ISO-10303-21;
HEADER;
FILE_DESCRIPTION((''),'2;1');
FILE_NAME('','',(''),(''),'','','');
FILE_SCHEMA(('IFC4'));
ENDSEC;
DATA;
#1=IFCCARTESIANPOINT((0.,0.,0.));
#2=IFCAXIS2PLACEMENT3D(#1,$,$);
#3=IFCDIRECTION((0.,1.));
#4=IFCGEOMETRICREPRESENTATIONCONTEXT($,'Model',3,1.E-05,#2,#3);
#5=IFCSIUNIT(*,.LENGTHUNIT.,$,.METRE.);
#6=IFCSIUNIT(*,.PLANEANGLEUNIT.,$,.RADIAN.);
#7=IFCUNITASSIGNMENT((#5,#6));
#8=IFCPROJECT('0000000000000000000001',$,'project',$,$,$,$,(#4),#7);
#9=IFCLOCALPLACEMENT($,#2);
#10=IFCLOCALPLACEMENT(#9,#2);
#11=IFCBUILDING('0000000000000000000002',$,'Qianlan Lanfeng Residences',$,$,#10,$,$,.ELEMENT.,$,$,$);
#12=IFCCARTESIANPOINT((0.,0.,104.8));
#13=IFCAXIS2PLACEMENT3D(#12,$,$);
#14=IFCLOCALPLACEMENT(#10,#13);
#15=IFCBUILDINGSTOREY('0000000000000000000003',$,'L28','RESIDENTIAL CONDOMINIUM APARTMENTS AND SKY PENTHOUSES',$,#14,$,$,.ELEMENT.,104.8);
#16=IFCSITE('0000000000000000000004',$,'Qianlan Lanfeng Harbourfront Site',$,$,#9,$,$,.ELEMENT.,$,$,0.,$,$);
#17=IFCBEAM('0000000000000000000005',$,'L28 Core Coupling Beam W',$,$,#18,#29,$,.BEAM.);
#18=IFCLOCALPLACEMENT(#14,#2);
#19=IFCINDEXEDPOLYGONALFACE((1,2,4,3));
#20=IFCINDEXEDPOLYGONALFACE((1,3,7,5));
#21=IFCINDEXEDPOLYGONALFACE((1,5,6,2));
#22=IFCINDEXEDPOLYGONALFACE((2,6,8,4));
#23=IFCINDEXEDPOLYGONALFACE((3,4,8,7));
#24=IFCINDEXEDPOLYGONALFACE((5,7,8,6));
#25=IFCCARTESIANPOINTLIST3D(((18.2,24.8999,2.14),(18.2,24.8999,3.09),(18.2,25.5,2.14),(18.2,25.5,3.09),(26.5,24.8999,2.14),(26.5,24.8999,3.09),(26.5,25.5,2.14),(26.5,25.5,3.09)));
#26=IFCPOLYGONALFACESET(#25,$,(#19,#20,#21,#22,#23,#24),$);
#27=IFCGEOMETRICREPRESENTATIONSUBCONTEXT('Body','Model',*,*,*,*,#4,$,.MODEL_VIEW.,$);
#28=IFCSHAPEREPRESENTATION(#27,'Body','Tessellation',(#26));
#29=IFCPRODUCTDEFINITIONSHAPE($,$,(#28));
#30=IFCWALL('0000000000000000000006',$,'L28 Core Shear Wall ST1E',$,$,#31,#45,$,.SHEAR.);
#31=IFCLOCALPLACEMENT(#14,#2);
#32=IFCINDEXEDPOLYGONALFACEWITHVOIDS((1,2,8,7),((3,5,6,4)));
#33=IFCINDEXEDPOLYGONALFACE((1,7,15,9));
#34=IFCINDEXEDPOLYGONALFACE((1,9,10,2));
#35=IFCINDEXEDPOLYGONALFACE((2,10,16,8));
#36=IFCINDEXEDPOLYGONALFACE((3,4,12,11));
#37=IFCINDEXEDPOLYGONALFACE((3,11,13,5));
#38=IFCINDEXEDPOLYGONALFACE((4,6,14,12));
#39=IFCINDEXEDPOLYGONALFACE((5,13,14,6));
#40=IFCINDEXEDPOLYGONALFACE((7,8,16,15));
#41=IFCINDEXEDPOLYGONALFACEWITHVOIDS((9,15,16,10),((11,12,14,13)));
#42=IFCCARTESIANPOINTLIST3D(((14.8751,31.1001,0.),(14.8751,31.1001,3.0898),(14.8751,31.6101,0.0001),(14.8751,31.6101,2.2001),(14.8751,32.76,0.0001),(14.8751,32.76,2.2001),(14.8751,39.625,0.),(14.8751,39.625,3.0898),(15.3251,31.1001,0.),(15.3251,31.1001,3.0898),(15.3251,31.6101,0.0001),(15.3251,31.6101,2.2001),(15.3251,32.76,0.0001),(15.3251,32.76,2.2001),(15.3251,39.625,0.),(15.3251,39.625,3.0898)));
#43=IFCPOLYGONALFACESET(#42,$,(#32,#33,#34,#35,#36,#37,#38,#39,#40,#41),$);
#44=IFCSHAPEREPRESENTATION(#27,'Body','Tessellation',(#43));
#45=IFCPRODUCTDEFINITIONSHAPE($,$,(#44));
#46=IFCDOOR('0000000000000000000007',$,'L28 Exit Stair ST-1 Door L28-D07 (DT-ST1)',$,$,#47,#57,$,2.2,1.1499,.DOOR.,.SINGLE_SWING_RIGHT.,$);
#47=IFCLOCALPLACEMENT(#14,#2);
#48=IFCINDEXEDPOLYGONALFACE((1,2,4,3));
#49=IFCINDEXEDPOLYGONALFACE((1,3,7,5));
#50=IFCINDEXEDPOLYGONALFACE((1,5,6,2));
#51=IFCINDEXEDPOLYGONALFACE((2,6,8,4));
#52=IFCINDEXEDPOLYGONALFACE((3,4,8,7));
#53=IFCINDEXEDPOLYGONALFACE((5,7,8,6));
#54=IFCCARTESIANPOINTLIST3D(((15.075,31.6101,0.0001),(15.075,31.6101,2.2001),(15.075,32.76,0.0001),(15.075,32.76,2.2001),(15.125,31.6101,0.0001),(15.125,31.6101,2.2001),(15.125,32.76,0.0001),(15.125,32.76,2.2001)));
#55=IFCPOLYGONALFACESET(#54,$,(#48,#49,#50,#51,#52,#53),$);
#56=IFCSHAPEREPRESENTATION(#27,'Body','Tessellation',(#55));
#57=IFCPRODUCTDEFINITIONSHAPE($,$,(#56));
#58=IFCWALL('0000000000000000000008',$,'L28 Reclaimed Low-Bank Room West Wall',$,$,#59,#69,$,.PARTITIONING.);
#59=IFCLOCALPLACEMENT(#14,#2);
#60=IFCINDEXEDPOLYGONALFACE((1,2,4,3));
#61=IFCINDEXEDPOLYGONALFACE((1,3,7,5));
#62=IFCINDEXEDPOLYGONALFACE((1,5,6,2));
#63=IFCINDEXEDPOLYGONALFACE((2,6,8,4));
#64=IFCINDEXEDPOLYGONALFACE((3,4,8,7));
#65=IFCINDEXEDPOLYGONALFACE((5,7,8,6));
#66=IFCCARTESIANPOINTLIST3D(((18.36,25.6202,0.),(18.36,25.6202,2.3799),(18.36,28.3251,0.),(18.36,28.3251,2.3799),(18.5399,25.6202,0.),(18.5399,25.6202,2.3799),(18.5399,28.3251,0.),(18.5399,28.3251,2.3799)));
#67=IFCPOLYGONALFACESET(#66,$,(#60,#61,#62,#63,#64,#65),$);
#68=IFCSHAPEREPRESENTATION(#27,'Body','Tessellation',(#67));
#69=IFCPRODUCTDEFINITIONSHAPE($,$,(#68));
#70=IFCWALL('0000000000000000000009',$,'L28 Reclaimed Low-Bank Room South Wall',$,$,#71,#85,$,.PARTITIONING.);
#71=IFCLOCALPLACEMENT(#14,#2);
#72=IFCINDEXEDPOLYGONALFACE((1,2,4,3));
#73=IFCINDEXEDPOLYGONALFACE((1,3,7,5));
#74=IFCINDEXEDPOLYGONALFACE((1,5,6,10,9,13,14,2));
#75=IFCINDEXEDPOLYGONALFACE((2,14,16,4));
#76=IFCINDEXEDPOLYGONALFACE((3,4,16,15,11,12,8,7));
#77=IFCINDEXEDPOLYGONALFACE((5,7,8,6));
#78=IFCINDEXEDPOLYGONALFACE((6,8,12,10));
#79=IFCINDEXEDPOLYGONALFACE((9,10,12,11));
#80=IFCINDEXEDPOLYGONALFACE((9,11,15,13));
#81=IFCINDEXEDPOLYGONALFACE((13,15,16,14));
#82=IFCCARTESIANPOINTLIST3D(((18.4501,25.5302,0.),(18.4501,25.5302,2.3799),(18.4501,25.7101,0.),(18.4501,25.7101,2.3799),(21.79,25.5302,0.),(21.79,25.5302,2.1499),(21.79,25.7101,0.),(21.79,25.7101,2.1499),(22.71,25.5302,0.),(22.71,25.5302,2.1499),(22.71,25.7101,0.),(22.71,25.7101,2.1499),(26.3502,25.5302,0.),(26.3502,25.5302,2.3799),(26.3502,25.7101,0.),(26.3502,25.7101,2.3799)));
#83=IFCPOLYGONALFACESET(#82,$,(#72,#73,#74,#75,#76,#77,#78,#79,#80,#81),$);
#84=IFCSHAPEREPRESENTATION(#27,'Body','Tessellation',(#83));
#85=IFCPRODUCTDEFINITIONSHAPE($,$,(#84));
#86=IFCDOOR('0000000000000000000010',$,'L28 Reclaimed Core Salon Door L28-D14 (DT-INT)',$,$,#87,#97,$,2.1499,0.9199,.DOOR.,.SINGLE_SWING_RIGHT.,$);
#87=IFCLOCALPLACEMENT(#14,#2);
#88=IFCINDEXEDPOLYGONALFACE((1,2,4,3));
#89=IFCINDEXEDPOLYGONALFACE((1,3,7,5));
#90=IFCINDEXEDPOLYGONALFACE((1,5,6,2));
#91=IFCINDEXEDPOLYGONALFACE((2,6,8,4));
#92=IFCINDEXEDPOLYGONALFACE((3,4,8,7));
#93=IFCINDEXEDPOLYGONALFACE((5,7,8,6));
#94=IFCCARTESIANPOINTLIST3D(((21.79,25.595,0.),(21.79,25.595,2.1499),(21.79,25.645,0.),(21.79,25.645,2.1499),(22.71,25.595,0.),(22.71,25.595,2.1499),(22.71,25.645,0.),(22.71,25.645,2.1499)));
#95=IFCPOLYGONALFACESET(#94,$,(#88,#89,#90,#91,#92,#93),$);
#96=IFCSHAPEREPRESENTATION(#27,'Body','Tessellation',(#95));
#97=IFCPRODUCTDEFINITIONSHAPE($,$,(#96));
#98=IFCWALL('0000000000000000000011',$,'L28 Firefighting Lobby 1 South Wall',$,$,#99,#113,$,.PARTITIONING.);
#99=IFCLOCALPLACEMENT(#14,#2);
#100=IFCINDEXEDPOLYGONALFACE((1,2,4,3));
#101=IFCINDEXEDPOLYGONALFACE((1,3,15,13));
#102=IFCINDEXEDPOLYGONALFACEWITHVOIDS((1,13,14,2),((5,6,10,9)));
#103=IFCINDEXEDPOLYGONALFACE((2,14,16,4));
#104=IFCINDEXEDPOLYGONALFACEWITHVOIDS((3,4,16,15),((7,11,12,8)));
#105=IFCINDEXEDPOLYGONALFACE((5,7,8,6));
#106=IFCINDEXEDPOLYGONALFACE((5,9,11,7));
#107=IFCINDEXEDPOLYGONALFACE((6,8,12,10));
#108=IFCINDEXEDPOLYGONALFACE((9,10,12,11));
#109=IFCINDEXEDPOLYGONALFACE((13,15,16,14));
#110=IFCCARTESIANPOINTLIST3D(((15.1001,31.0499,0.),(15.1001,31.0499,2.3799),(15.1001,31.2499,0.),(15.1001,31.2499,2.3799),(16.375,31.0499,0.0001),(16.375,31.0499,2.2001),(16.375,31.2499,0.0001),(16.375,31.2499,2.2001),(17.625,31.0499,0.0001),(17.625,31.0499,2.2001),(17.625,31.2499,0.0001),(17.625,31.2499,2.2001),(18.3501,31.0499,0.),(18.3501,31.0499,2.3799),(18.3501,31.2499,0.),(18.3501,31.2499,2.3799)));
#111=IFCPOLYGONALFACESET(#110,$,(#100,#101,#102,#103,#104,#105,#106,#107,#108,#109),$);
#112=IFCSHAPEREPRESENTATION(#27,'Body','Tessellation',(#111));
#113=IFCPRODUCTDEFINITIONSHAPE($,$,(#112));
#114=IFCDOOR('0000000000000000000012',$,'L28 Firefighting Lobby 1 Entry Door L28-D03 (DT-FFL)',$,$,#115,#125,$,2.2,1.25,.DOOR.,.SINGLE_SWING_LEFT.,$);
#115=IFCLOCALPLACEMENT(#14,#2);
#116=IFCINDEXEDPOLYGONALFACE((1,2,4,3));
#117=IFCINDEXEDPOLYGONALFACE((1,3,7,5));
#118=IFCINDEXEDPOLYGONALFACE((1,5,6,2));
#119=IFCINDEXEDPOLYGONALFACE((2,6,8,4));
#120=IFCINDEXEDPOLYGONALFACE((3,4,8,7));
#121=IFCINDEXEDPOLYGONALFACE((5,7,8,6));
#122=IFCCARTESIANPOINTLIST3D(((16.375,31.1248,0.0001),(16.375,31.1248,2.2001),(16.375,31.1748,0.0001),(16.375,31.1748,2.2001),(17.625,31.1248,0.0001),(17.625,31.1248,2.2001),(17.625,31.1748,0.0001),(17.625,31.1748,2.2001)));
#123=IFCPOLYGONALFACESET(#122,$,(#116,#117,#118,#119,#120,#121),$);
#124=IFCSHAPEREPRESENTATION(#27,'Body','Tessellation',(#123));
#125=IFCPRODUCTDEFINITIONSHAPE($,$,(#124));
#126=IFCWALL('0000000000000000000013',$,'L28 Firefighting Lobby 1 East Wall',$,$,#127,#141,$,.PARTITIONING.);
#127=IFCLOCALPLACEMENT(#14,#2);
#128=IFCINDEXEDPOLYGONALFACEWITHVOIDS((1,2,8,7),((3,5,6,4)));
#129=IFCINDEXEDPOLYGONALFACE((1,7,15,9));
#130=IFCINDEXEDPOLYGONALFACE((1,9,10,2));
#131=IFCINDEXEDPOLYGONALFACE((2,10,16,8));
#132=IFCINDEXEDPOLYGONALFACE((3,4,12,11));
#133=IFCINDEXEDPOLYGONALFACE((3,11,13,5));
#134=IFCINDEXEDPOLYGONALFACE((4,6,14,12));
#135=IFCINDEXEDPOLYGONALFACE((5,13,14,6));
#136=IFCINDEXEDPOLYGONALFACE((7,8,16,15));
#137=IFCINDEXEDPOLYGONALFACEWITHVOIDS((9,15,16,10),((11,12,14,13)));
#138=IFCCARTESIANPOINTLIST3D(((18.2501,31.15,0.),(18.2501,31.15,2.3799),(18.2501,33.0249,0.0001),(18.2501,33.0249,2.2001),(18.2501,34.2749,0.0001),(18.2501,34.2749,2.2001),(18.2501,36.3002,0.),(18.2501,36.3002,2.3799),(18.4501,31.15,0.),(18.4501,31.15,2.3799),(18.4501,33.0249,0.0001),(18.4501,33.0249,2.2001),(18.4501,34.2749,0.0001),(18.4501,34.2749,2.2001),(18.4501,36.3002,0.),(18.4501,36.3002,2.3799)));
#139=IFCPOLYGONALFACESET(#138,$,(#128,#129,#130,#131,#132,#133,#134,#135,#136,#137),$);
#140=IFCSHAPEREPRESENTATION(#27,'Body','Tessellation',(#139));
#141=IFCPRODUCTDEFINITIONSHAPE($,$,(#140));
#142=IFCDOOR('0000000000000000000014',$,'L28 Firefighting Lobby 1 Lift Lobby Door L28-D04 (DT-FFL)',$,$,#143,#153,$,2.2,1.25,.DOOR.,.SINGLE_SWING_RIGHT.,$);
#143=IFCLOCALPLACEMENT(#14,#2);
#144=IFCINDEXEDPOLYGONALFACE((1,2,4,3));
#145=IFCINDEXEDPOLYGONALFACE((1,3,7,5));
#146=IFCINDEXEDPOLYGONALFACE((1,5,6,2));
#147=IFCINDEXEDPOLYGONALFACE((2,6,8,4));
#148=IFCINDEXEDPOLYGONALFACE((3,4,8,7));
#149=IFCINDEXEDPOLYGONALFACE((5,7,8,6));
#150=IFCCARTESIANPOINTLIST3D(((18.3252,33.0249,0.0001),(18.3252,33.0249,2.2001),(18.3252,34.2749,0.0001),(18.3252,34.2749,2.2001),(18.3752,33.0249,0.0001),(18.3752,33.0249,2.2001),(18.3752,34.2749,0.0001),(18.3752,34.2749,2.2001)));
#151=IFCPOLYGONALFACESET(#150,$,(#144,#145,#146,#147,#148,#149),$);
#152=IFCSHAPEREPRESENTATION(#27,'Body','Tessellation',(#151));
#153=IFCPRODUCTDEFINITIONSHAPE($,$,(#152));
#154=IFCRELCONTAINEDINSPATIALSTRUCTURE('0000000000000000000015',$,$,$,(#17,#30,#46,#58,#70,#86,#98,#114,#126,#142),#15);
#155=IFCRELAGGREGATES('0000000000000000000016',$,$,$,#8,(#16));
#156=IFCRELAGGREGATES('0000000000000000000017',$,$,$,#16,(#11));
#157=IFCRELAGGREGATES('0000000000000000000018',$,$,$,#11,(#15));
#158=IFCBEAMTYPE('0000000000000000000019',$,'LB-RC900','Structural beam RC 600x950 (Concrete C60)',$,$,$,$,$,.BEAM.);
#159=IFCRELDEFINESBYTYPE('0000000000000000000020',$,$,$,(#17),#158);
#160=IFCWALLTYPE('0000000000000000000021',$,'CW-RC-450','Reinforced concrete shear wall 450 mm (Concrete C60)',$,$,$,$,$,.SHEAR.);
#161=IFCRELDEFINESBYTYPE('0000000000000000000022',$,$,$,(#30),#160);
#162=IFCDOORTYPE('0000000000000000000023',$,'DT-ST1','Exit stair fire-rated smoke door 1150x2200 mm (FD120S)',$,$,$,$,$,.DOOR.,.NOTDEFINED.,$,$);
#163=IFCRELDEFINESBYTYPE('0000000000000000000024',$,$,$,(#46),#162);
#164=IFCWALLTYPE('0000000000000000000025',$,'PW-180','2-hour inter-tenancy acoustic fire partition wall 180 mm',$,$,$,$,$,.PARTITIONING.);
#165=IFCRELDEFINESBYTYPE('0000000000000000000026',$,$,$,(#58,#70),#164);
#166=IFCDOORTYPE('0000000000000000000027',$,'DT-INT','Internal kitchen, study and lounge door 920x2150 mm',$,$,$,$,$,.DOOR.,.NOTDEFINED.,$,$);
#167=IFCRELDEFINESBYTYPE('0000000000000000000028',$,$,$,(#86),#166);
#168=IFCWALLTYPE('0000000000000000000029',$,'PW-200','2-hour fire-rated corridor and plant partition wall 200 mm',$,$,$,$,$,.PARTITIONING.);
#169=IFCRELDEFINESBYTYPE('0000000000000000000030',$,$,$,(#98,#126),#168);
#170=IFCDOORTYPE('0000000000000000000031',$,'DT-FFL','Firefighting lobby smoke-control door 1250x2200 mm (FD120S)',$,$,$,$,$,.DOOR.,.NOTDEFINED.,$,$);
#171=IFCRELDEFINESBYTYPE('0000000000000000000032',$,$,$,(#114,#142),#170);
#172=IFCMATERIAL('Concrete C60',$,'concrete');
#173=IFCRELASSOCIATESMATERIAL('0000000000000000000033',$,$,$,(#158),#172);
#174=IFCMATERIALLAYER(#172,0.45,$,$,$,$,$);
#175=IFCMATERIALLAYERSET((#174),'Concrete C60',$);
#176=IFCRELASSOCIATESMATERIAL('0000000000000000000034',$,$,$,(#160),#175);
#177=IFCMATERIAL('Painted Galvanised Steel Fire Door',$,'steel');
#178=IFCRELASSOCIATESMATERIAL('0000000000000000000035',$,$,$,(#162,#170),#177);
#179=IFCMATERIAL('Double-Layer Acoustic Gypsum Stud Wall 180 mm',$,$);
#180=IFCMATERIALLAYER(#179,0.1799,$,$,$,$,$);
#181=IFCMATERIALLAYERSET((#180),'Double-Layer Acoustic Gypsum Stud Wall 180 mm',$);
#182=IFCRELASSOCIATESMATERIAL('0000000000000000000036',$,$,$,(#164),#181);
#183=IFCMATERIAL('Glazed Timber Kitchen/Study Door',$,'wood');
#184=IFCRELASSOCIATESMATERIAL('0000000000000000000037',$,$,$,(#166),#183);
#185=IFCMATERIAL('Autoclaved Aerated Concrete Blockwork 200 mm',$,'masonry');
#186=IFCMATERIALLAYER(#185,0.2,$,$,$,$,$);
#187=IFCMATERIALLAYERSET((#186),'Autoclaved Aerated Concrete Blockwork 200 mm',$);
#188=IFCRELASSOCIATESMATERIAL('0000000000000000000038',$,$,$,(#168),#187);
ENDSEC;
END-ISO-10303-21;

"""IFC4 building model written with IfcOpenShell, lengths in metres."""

from ifc_helpers import new_model, si_unit, direction, frame, frame_2d, origin, origin_2d, place, context, subcontext, project, spatial, rectangle, extrude, material, layer, layer_set, material_profile, profile_set, type_object, element, fill, save


model = new_model("IFC4")

# Units and contexts
model_context = context("Model", 3, precision=1e-05, world=origin(), true_north=direction((0.0, 1.0)))
body_context = subcontext(model_context, "Body", "Model", "MODEL_VIEW")
ifc_project = project(units=[si_unit("LENGTHUNIT", "METRE"), si_unit("PLANEANGLEUNIT", "RADIAN")], contexts=[model_context])

# Site, building, storey
site_placement = place(None, origin())
site = spatial("IfcSite", under=ifc_project, at=site_placement, Name="Qianlan Lanfeng Harbourfront Site", CompositionType="ELEMENT", RefElevation=0.0)
building_placement = place(site_placement, origin())
building = spatial("IfcBuilding", under=site, at=building_placement, Name="Qianlan Lanfeng Residences", CompositionType="ELEMENT")
storey_placement = place(building_placement, frame((0.0, 0.0, 104.8)))
storey = spatial("IfcBuildingStorey", under=building, at=storey_placement, Name="L28", Description="RESIDENTIAL CONDOMINIUM APARTMENTS AND SKY PENTHOUSES", CompositionType="ELEMENT", Elevation=104.8)

# Beam
ifc_material_1 = material(Name="Concrete C60", Category="concrete")
ifc_material_profile = material_profile(ifc_material_1, rectangle(XDim=0.6001, YDim=0.95, at=origin_2d()), Name="RC 600x950")
ifc_profile_set = profile_set([ifc_material_profile], Name="Concrete C60")
beam_type = type_object("IfcBeamType", Name="LB-RC900", Description="Structural beam RC 600x950 (Concrete C60)", PredefinedType="BEAM", material=ifc_profile_set)
beam_placement = place(storey_placement, frame((18.2, 25.2, 2.615), z_axis=(1.0, 0.0, 0.0), x_axis=(0.0, 1.0, 0.0)))
element("IfcBeam", 1, at=beam_placement, inside=storey, type_object=beam_type, Name="L28 Core Coupling Beam W", PredefinedType="BEAM", context=body_context, shape_type="SweptSolid", body=[
    extrude(rectangle(XDim=0.6001, YDim=0.95, at=origin_2d()), origin(), (0.0, 0.0, 1.0), 8.3),
])

# Wall, opening, door
ifc_layer_1 = layer(ifc_material_1, 0.45)
ifc_layer_set_1 = layer_set([ifc_layer_1], Name="Concrete C60")
wall_type_1 = type_object("IfcWallType", Name="CW-RC-450", Description="Reinforced concrete shear wall 450 mm (Concrete C60)", PredefinedType="SHEAR", material=ifc_layer_set_1)
wall_1_placement = place(storey_placement, frame((15.1001, 31.1001, 0.0), z_axis=(0.0, 0.0, 1.0), x_axis=(0.0, 1.0, 0.0)))
wall_1 = element("IfcWall", 2, at=wall_1_placement, inside=storey, type_object=wall_type_1, Name="L28 Core Shear Wall ST1E", PredefinedType="SHEAR", context=body_context, shape_type="SweptSolid", body=[
    extrude(rectangle(XDim=8.5249, YDim=0.45, at=frame_2d((4.2625, 0.0))), origin(), (0.0, 0.0, 1.0), 3.0898),
])
opening_1_placement = place(wall_1_placement, frame((0.51, 0.0, 0.0)))
opening_1 = element("IfcOpeningElement", 3, at=opening_1_placement, cuts=wall_1, PredefinedType="OPENING", context=body_context, shape_type="SweptSolid", body=[
    extrude(rectangle(XDim=1.1499, YDim=2.2, at=frame_2d((0.575, 1.1001))), frame((0.0, 0.2349, 0.0), z_axis=(0.0, -1.0, 0.0), x_axis=(1.0, 0.0, 0.0)), (0.0, 0.0, 1.0), 0.47),
])
ifc_material_2 = material(Name="Painted Galvanised Steel Fire Door", Category="steel")
door_type_1 = type_object("IfcDoorType", Name="DT-ST1", Description="Exit stair fire-rated smoke door 1150x2200 mm (FD120S)", OperationType="NOTDEFINED", PredefinedType="DOOR", material=ifc_material_2)
door_1_placement = place(opening_1_placement, frame((1.1499, 0.0, 0.0), z_axis=(0.0, 0.0, 1.0), x_axis=(-1.0, 0.0, 0.0)))
door_1 = element("IfcDoor", 4, at=door_1_placement, inside=storey, type_object=door_type_1, Name="L28 Exit Stair ST-1 Door L28-D07 (DT-ST1)", OperationType="SINGLE_SWING_RIGHT", OverallHeight=2.2, OverallWidth=1.1499, PredefinedType="DOOR", context=body_context, shape_type="SweptSolid", body=[
    extrude(rectangle(XDim=1.1499, YDim=2.2, at=frame_2d((0.575, 1.1001))), frame((0.0, 0.0249, 0.0), z_axis=(0.0, -1.0, 0.0), x_axis=(1.0, 0.0, 0.0)), (0.0, 0.0, 1.0), 0.05),
])
fill(opening_1, door_1)

# Shared definitions
ifc_material_3 = material(Name="Double-Layer Acoustic Gypsum Stud Wall 180 mm")
ifc_layer_2 = layer(ifc_material_3, 0.1799)
ifc_layer_set_2 = layer_set([ifc_layer_2], Name="Double-Layer Acoustic Gypsum Stud Wall 180 mm")
wall_type_2 = type_object("IfcWallType", Name="PW-180", Description="2-hour inter-tenancy acoustic fire partition wall 180 mm", PredefinedType="PARTITIONING", material=ifc_layer_set_2)
ifc_material_4 = material(Name="Glazed Timber Kitchen/Study Door", Category="wood")
door_type_2 = type_object("IfcDoorType", Name="DT-INT", Description="Internal kitchen, study and lounge door 920x2150 mm", OperationType="NOTDEFINED", PredefinedType="DOOR", material=ifc_material_4)

# Wall
wall_2_placement = place(storey_placement, frame((18.45, 25.6201, 0.0), z_axis=(0.0, 0.0, 1.0), x_axis=(0.0, 1.0, 0.0)))
element("IfcWall", 5, at=wall_2_placement, inside=storey, type_object=wall_type_2, Name="L28 Reclaimed Low-Bank Room West Wall", PredefinedType="PARTITIONING", context=body_context, shape_type="SweptSolid", body=[
    extrude(rectangle(XDim=2.7048, YDim=0.1799, at=frame_2d((1.3525, 0.0))), origin(), (0.0, 0.0, 1.0), 2.3799),
])

# Walls, openings, doors
wall_3_placement = place(storey_placement, frame((18.45, 25.6201, 0.0), z_axis=(0.0, 0.0, 1.0), x_axis=(1.0, 0.0, 0.0)))
wall_3 = element("IfcWall", 6, at=wall_3_placement, inside=storey, type_object=wall_type_2, Name="L28 Reclaimed Low-Bank Room South Wall", PredefinedType="PARTITIONING", context=body_context, shape_type="SweptSolid", body=[
    extrude(rectangle(XDim=7.9001, YDim=0.1799, at=frame_2d((3.9502, 0.0))), origin(), (0.0, 0.0, 1.0), 2.3799),
])
opening_2_placement = place(wall_3_placement, frame((3.3401, 0.0, 0.0)))
opening_2 = element("IfcOpeningElement", 7, at=opening_2_placement, cuts=wall_3, PredefinedType="OPENING", context=body_context, shape_type="SweptSolid", body=[
    extrude(rectangle(XDim=0.9199, YDim=2.1499, at=frame_2d((0.46, 1.075))), frame((0.0, 0.1001, 0.0), z_axis=(0.0, -1.0, 0.0), x_axis=(1.0, 0.0, 0.0)), (0.0, 0.0, 1.0), 0.2),
])
door_2_placement = place(opening_2_placement, origin())
door_2 = element("IfcDoor", 8, at=door_2_placement, inside=storey, type_object=door_type_2, Name="L28 Reclaimed Core Salon Door L28-D14 (DT-INT)", OperationType="SINGLE_SWING_RIGHT", OverallHeight=2.1499, OverallWidth=0.9199, PredefinedType="DOOR", context=body_context, shape_type="SweptSolid", body=[
    extrude(rectangle(XDim=0.9199, YDim=2.1499, at=frame_2d((0.46, 1.075))), frame((0.0, 0.0249, 0.0), z_axis=(0.0, -1.0, 0.0), x_axis=(1.0, 0.0, 0.0)), (0.0, 0.0, 1.0), 0.05),
])
fill(opening_2, door_2)
ifc_material_5 = material(Name="Autoclaved Aerated Concrete Blockwork 200 mm", Category="masonry")
ifc_layer_3 = layer(ifc_material_5, 0.2)
ifc_layer_set_3 = layer_set([ifc_layer_3], Name="Autoclaved Aerated Concrete Blockwork 200 mm")
wall_type_3 = type_object("IfcWallType", Name="PW-200", Description="2-hour fire-rated corridor and plant partition wall 200 mm", PredefinedType="PARTITIONING", material=ifc_layer_set_3)
wall_4_placement = place(storey_placement, frame((15.1001, 31.1499, 0.0), z_axis=(0.0, 0.0, 1.0), x_axis=(1.0, 0.0, 0.0)))
wall_4 = element("IfcWall", 9, at=wall_4_placement, inside=storey, type_object=wall_type_3, Name="L28 Firefighting Lobby 1 South Wall", PredefinedType="PARTITIONING", context=body_context, shape_type="SweptSolid", body=[
    extrude(rectangle(XDim=3.25, YDim=0.2, at=frame_2d((1.625, 0.0))), origin(), (0.0, 0.0, 1.0), 2.3799),
])
opening_3_placement = place(wall_4_placement, frame((1.2749, 0.0, 0.0)))
opening_3 = element("IfcOpeningElement", 10, at=opening_3_placement, cuts=wall_4, PredefinedType="OPENING", context=body_context, shape_type="SweptSolid", body=[
    extrude(rectangle(XDim=1.25, YDim=2.2, at=frame_2d((0.625, 1.1001))), frame((0.0, 0.1099, 0.0), z_axis=(0.0, -1.0, 0.0), x_axis=(1.0, 0.0, 0.0)), (0.0, 0.0, 1.0), 0.22),
])
door_type_3 = type_object("IfcDoorType", Name="DT-FFL", Description="Firefighting lobby smoke-control door 1250x2200 mm (FD120S)", OperationType="NOTDEFINED", PredefinedType="DOOR", material=ifc_material_2)
door_3_placement = place(opening_3_placement, origin())
door_3 = element("IfcDoor", 11, at=door_3_placement, inside=storey, type_object=door_type_3, Name="L28 Firefighting Lobby 1 Entry Door L28-D03 (DT-FFL)", OperationType="SINGLE_SWING_LEFT", OverallHeight=2.2, OverallWidth=1.25, PredefinedType="DOOR", context=body_context, shape_type="SweptSolid", body=[
    extrude(rectangle(XDim=1.25, YDim=2.2, at=frame_2d((0.625, 1.1001))), frame((0.0, 0.0249, 0.0), z_axis=(0.0, -1.0, 0.0), x_axis=(1.0, 0.0, 0.0)), (0.0, 0.0, 1.0), 0.05),
])
fill(opening_3, door_3)
wall_5_placement = place(storey_placement, frame((18.3501, 31.1499, 0.0), z_axis=(0.0, 0.0, 1.0), x_axis=(0.0, 1.0, 0.0)))
wall_5 = element("IfcWall", 12, at=wall_5_placement, inside=storey, type_object=wall_type_3, Name="L28 Firefighting Lobby 1 East Wall", PredefinedType="PARTITIONING", context=body_context, shape_type="SweptSolid", body=[
    extrude(rectangle(XDim=5.1501, YDim=0.2, at=frame_2d((2.5752, 0.0))), origin(), (0.0, 0.0, 1.0), 2.3799),
])
opening_4_placement = place(wall_5_placement, frame((1.875, 0.0, 0.0)))
opening_4 = element("IfcOpeningElement", 13, at=opening_4_placement, cuts=wall_5, PredefinedType="OPENING", context=body_context, shape_type="SweptSolid", body=[
    extrude(rectangle(XDim=1.25, YDim=2.2, at=frame_2d((0.625, 1.1001))), frame((0.0, 0.1099, 0.0), z_axis=(0.0, -1.0, 0.0), x_axis=(1.0, 0.0, 0.0)), (0.0, 0.0, 1.0), 0.22),
])
door_4_placement = place(opening_4_placement, origin())
door_4 = element("IfcDoor", 14, at=door_4_placement, inside=storey, type_object=door_type_3, Name="L28 Firefighting Lobby 1 Lift Lobby Door L28-D04 (DT-FFL)", OperationType="SINGLE_SWING_RIGHT", OverallHeight=2.2, OverallWidth=1.25, PredefinedType="DOOR", context=body_context, shape_type="SweptSolid", body=[
    extrude(rectangle(XDim=1.25, YDim=2.2, at=frame_2d((0.625, 1.1001))), frame((0.0, 0.0249, 0.0), z_axis=(0.0, -1.0, 0.0), x_axis=(1.0, 0.0, 0.0)), (0.0, 0.0, 1.0), 0.05),
])
fill(opening_4, door_4)

save(model, "model.ifc")
